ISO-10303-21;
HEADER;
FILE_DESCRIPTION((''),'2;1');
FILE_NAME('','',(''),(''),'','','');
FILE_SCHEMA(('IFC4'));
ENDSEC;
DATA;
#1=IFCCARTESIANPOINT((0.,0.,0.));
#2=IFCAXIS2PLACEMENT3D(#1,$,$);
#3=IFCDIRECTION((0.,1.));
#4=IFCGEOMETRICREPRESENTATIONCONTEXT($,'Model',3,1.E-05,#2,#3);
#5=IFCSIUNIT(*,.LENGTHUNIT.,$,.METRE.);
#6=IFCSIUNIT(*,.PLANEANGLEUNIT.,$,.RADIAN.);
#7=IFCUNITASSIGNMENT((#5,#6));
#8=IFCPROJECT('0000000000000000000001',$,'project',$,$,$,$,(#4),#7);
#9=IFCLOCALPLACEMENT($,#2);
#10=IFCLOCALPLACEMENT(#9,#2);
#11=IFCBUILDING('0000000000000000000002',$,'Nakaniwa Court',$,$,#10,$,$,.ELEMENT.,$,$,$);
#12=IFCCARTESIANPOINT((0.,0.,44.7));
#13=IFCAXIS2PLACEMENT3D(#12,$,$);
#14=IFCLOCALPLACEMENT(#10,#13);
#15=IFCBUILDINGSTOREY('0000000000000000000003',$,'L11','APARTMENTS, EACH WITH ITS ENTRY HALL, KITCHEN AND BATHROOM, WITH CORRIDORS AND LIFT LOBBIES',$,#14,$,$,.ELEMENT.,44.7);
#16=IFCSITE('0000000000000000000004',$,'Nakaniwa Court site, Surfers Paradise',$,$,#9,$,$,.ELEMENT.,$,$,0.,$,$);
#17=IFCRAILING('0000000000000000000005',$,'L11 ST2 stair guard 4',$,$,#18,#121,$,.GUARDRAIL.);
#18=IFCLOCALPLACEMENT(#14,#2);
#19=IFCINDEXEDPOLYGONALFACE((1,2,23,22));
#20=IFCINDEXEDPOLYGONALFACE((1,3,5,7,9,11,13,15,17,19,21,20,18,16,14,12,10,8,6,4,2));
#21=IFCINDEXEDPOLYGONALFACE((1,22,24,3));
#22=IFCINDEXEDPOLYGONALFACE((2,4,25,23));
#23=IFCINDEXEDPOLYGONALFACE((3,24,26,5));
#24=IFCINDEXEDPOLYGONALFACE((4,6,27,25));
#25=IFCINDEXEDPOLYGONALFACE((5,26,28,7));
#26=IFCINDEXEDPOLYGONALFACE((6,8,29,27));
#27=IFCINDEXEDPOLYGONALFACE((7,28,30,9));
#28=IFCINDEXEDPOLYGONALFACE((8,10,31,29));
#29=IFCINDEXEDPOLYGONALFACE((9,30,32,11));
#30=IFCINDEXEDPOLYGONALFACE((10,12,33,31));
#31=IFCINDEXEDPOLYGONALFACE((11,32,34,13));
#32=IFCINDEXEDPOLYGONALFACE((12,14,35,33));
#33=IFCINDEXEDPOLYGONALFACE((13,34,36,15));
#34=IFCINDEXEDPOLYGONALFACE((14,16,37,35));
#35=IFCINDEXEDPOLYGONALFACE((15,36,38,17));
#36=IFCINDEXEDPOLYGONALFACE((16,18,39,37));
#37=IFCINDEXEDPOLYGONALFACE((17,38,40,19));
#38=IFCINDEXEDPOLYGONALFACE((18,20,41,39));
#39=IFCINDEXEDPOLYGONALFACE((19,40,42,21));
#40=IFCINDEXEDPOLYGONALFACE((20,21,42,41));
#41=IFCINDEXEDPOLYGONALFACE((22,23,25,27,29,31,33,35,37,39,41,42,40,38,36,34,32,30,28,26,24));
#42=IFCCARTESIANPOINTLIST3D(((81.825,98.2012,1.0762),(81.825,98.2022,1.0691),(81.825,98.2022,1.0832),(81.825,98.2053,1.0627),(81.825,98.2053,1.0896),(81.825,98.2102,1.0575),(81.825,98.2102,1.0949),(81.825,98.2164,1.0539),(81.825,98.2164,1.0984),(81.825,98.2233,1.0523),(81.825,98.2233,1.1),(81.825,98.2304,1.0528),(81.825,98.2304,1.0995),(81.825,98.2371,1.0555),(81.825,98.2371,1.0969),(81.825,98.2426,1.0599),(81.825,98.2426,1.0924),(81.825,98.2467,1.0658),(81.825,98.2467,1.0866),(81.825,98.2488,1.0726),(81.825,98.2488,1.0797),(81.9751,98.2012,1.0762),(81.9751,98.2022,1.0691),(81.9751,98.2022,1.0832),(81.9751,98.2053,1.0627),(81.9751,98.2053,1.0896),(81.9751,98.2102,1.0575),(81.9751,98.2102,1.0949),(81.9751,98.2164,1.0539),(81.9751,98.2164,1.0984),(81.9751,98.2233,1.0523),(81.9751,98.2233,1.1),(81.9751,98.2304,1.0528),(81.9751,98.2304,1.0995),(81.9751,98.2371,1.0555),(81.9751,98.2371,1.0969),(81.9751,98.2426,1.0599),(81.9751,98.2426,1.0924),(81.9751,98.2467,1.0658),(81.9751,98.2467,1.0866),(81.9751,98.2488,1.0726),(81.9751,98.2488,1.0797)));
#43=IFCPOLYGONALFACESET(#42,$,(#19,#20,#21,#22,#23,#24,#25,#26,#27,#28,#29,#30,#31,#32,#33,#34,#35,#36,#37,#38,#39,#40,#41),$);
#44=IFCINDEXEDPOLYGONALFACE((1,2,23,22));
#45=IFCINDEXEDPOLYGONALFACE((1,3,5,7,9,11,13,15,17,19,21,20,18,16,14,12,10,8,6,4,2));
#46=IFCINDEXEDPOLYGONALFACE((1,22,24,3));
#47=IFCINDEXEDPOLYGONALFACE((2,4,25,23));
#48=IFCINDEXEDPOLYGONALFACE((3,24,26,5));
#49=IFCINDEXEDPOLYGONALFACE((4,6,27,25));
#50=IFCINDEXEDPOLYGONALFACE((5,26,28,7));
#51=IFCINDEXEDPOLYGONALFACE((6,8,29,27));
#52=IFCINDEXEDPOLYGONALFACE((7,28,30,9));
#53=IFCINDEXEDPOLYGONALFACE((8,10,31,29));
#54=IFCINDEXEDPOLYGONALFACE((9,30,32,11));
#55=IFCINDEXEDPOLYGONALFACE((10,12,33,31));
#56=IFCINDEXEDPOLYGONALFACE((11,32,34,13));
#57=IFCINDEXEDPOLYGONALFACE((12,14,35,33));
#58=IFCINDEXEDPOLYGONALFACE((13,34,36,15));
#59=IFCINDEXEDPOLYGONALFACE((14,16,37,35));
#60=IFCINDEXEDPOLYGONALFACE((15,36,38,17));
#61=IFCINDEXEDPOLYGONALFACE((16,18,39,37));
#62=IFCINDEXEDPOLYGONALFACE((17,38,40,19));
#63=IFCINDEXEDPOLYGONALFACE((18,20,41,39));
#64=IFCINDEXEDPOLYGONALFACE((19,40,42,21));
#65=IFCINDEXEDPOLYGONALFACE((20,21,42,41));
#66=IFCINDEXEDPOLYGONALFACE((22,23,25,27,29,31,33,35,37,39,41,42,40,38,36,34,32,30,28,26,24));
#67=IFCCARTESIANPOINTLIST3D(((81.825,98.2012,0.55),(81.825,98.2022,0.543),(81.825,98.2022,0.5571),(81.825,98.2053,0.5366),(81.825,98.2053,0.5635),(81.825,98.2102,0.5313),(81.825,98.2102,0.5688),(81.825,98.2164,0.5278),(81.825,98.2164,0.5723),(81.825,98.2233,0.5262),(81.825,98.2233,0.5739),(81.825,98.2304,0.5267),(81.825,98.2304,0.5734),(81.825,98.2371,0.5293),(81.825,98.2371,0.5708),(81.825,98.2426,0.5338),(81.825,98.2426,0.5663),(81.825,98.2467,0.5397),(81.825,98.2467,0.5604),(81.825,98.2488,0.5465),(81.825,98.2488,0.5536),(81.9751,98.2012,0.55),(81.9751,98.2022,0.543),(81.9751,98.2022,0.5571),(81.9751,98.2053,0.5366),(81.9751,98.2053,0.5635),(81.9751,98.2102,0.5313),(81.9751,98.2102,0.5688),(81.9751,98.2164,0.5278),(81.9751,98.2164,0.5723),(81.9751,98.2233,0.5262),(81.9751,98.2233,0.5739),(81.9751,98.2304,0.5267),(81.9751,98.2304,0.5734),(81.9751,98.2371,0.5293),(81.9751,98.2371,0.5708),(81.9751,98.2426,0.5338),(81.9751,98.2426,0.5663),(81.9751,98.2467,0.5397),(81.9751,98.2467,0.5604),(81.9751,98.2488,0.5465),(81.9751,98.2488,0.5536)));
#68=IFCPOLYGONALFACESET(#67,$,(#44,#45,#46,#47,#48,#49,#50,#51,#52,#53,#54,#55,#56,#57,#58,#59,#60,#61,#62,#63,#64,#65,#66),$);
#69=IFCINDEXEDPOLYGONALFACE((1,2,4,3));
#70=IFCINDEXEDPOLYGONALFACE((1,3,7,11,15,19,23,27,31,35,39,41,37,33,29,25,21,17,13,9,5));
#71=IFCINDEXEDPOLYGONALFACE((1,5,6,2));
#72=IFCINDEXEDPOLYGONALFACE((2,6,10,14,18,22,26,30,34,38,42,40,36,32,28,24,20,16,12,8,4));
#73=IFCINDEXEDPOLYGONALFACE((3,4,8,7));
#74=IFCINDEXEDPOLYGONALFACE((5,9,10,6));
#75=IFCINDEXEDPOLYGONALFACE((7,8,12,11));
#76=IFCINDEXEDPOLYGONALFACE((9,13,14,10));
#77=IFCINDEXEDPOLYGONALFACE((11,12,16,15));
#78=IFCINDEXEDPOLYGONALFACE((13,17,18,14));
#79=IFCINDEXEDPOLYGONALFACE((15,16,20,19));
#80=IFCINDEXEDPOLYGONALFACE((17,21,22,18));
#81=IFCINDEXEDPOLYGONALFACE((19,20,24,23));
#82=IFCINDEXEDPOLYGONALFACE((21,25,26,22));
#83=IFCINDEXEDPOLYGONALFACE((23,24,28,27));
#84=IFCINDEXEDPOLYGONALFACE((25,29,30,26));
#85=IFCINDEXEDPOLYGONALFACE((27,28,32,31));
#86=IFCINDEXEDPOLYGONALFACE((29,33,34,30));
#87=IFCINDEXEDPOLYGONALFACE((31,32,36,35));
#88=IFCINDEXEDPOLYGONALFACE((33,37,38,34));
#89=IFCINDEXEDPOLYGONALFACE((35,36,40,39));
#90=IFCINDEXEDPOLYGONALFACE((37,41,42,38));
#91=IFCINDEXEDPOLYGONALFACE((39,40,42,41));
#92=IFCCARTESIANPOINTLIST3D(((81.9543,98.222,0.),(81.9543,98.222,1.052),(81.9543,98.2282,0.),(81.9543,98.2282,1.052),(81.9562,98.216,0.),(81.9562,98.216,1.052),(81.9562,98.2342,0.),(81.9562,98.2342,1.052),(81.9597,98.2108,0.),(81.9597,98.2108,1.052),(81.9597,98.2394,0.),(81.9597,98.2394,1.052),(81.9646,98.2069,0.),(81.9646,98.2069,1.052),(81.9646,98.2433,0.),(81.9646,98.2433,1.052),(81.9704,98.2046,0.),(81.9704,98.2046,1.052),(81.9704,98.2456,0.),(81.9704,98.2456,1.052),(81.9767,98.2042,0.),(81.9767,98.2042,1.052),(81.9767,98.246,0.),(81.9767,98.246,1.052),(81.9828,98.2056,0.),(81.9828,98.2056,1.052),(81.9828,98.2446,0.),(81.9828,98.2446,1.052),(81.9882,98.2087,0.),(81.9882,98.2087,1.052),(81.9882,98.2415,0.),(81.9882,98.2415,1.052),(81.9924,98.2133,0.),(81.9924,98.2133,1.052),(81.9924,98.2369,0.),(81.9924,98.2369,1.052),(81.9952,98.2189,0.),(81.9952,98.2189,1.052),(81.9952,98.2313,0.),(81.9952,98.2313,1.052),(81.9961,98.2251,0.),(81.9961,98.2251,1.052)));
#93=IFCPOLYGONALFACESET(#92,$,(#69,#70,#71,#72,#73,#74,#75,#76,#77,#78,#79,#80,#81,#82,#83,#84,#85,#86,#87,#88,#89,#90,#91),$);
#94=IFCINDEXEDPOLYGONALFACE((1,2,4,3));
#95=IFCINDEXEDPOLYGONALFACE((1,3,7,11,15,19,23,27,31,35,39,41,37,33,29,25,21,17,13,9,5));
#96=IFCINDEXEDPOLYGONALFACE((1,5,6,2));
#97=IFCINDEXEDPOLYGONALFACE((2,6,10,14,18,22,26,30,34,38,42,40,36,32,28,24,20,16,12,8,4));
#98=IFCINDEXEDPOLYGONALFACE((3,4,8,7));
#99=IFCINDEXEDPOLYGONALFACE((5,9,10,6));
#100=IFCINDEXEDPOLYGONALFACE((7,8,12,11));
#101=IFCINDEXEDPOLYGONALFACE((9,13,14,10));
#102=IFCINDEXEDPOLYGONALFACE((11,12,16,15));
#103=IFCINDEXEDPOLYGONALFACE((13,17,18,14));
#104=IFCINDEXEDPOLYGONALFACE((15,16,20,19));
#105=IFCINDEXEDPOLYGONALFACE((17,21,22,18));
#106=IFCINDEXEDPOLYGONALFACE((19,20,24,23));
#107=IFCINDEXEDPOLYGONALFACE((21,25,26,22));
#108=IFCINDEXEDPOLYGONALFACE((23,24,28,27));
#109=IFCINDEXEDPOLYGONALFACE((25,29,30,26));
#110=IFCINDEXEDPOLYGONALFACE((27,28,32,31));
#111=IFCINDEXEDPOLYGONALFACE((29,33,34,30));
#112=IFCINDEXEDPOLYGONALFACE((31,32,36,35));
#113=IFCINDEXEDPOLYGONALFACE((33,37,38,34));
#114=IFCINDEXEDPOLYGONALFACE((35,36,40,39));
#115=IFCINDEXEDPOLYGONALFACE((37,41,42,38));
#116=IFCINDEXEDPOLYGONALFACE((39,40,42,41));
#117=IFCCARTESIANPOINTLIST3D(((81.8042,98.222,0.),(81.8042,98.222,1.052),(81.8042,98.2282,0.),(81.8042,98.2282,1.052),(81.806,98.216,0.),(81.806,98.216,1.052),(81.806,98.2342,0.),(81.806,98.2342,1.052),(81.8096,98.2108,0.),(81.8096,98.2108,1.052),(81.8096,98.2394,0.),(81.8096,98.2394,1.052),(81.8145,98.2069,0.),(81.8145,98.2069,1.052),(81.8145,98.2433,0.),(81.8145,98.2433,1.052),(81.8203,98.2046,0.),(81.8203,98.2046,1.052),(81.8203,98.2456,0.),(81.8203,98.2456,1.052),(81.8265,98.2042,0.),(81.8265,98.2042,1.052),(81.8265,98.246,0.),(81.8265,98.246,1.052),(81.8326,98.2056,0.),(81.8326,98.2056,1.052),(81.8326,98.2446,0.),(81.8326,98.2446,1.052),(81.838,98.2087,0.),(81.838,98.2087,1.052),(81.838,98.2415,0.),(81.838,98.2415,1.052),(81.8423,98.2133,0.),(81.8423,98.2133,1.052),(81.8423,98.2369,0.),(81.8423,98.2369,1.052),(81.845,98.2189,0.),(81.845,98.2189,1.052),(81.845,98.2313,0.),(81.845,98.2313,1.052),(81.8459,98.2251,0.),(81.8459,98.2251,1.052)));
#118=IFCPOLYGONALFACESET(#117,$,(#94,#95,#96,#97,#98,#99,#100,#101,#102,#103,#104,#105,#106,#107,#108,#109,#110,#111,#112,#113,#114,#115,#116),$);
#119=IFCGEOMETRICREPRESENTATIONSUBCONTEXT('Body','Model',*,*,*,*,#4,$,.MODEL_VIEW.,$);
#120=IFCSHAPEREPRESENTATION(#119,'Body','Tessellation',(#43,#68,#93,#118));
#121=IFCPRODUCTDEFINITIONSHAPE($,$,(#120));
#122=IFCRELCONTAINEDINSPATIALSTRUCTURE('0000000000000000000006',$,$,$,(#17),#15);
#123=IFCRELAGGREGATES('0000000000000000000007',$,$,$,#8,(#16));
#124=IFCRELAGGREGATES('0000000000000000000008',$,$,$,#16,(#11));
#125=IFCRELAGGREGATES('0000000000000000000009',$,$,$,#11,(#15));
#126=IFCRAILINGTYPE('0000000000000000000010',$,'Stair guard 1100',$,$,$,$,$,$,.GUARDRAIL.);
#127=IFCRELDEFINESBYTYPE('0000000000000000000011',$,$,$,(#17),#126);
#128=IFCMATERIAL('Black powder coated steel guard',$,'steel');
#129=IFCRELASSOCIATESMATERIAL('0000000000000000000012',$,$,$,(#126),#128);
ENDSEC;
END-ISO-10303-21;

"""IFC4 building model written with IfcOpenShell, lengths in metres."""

from ifc_helpers import new_model, si_unit, direction, frame, origin, origin_2d, place, context, subcontext, project, spatial, circle, extrude, material, type_object, element, save


model = new_model("IFC4")

# Units and contexts
model_context = context("Model", 3, precision=1e-05, world=origin(), true_north=direction((0.0, 1.0)))
body_context = subcontext(model_context, "Body", "Model", "MODEL_VIEW")
ifc_project = project(units=[si_unit("LENGTHUNIT", "METRE"), si_unit("PLANEANGLEUNIT", "RADIAN")], contexts=[model_context])

# Site, building, storey
site_placement = place(None, origin())
site = spatial("IfcSite", under=ifc_project, at=site_placement, Name="Nakaniwa Court site, Surfers Paradise", CompositionType="ELEMENT", RefElevation=0.0)
building_placement = place(site_placement, origin())
building = spatial("IfcBuilding", under=site, at=building_placement, Name="Nakaniwa Court", CompositionType="ELEMENT")
storey_placement = place(building_placement, frame((0.0, 0.0, 44.7)))
storey = spatial("IfcBuildingStorey", under=building, at=storey_placement, Name="L11", Description="APARTMENTS, EACH WITH ITS ENTRY HALL, KITCHEN AND BATHROOM, WITH CORRIDORS AND LIFT LOBBIES", CompositionType="ELEMENT", Elevation=44.7)

# Railing
ifc_material_1 = material(Name="Black powder coated steel guard", Category="steel")
railing_type_1 = type_object("IfcRailingType", Name="Stair guard 1100", PredefinedType="GUARDRAIL", material=ifc_material_1)
railing_1_placement = place(storey_placement, frame((81.9751, 98.2251, 0.0)))
element("IfcRailing", 1, at=railing_1_placement, inside=storey, type_object=railing_type_1, Name="L11 ST2 stair guard 4", PredefinedType="GUARDRAIL", context=body_context, shape_type="SweptSolid", body=[
    extrude(circle(Radius=0.0239, at=origin_2d()), frame((0.0, 0.0, 1.0762), z_axis=(-1.0, 0.0, 0.0), x_axis=(0.0, -1.0, 0.0)), (0.0, 0.0, 1.0), 0.1501),
    extrude(circle(Radius=0.0239, at=origin_2d()), frame((0.0, 0.0, 0.55), z_axis=(-1.0, 0.0, 0.0), x_axis=(0.0, -1.0, 0.0)), (0.0, 0.0, 1.0), 0.1501),
    extrude(circle(Radius=0.021, at=origin_2d()), origin(), (0.0, 0.0, 1.0), 1.052),
    extrude(circle(Radius=0.021, at=origin_2d()), frame((-0.1501, 0.0, 0.0)), (0.0, 0.0, 1.0), 1.052),
])

save(model, "model.ifc")
